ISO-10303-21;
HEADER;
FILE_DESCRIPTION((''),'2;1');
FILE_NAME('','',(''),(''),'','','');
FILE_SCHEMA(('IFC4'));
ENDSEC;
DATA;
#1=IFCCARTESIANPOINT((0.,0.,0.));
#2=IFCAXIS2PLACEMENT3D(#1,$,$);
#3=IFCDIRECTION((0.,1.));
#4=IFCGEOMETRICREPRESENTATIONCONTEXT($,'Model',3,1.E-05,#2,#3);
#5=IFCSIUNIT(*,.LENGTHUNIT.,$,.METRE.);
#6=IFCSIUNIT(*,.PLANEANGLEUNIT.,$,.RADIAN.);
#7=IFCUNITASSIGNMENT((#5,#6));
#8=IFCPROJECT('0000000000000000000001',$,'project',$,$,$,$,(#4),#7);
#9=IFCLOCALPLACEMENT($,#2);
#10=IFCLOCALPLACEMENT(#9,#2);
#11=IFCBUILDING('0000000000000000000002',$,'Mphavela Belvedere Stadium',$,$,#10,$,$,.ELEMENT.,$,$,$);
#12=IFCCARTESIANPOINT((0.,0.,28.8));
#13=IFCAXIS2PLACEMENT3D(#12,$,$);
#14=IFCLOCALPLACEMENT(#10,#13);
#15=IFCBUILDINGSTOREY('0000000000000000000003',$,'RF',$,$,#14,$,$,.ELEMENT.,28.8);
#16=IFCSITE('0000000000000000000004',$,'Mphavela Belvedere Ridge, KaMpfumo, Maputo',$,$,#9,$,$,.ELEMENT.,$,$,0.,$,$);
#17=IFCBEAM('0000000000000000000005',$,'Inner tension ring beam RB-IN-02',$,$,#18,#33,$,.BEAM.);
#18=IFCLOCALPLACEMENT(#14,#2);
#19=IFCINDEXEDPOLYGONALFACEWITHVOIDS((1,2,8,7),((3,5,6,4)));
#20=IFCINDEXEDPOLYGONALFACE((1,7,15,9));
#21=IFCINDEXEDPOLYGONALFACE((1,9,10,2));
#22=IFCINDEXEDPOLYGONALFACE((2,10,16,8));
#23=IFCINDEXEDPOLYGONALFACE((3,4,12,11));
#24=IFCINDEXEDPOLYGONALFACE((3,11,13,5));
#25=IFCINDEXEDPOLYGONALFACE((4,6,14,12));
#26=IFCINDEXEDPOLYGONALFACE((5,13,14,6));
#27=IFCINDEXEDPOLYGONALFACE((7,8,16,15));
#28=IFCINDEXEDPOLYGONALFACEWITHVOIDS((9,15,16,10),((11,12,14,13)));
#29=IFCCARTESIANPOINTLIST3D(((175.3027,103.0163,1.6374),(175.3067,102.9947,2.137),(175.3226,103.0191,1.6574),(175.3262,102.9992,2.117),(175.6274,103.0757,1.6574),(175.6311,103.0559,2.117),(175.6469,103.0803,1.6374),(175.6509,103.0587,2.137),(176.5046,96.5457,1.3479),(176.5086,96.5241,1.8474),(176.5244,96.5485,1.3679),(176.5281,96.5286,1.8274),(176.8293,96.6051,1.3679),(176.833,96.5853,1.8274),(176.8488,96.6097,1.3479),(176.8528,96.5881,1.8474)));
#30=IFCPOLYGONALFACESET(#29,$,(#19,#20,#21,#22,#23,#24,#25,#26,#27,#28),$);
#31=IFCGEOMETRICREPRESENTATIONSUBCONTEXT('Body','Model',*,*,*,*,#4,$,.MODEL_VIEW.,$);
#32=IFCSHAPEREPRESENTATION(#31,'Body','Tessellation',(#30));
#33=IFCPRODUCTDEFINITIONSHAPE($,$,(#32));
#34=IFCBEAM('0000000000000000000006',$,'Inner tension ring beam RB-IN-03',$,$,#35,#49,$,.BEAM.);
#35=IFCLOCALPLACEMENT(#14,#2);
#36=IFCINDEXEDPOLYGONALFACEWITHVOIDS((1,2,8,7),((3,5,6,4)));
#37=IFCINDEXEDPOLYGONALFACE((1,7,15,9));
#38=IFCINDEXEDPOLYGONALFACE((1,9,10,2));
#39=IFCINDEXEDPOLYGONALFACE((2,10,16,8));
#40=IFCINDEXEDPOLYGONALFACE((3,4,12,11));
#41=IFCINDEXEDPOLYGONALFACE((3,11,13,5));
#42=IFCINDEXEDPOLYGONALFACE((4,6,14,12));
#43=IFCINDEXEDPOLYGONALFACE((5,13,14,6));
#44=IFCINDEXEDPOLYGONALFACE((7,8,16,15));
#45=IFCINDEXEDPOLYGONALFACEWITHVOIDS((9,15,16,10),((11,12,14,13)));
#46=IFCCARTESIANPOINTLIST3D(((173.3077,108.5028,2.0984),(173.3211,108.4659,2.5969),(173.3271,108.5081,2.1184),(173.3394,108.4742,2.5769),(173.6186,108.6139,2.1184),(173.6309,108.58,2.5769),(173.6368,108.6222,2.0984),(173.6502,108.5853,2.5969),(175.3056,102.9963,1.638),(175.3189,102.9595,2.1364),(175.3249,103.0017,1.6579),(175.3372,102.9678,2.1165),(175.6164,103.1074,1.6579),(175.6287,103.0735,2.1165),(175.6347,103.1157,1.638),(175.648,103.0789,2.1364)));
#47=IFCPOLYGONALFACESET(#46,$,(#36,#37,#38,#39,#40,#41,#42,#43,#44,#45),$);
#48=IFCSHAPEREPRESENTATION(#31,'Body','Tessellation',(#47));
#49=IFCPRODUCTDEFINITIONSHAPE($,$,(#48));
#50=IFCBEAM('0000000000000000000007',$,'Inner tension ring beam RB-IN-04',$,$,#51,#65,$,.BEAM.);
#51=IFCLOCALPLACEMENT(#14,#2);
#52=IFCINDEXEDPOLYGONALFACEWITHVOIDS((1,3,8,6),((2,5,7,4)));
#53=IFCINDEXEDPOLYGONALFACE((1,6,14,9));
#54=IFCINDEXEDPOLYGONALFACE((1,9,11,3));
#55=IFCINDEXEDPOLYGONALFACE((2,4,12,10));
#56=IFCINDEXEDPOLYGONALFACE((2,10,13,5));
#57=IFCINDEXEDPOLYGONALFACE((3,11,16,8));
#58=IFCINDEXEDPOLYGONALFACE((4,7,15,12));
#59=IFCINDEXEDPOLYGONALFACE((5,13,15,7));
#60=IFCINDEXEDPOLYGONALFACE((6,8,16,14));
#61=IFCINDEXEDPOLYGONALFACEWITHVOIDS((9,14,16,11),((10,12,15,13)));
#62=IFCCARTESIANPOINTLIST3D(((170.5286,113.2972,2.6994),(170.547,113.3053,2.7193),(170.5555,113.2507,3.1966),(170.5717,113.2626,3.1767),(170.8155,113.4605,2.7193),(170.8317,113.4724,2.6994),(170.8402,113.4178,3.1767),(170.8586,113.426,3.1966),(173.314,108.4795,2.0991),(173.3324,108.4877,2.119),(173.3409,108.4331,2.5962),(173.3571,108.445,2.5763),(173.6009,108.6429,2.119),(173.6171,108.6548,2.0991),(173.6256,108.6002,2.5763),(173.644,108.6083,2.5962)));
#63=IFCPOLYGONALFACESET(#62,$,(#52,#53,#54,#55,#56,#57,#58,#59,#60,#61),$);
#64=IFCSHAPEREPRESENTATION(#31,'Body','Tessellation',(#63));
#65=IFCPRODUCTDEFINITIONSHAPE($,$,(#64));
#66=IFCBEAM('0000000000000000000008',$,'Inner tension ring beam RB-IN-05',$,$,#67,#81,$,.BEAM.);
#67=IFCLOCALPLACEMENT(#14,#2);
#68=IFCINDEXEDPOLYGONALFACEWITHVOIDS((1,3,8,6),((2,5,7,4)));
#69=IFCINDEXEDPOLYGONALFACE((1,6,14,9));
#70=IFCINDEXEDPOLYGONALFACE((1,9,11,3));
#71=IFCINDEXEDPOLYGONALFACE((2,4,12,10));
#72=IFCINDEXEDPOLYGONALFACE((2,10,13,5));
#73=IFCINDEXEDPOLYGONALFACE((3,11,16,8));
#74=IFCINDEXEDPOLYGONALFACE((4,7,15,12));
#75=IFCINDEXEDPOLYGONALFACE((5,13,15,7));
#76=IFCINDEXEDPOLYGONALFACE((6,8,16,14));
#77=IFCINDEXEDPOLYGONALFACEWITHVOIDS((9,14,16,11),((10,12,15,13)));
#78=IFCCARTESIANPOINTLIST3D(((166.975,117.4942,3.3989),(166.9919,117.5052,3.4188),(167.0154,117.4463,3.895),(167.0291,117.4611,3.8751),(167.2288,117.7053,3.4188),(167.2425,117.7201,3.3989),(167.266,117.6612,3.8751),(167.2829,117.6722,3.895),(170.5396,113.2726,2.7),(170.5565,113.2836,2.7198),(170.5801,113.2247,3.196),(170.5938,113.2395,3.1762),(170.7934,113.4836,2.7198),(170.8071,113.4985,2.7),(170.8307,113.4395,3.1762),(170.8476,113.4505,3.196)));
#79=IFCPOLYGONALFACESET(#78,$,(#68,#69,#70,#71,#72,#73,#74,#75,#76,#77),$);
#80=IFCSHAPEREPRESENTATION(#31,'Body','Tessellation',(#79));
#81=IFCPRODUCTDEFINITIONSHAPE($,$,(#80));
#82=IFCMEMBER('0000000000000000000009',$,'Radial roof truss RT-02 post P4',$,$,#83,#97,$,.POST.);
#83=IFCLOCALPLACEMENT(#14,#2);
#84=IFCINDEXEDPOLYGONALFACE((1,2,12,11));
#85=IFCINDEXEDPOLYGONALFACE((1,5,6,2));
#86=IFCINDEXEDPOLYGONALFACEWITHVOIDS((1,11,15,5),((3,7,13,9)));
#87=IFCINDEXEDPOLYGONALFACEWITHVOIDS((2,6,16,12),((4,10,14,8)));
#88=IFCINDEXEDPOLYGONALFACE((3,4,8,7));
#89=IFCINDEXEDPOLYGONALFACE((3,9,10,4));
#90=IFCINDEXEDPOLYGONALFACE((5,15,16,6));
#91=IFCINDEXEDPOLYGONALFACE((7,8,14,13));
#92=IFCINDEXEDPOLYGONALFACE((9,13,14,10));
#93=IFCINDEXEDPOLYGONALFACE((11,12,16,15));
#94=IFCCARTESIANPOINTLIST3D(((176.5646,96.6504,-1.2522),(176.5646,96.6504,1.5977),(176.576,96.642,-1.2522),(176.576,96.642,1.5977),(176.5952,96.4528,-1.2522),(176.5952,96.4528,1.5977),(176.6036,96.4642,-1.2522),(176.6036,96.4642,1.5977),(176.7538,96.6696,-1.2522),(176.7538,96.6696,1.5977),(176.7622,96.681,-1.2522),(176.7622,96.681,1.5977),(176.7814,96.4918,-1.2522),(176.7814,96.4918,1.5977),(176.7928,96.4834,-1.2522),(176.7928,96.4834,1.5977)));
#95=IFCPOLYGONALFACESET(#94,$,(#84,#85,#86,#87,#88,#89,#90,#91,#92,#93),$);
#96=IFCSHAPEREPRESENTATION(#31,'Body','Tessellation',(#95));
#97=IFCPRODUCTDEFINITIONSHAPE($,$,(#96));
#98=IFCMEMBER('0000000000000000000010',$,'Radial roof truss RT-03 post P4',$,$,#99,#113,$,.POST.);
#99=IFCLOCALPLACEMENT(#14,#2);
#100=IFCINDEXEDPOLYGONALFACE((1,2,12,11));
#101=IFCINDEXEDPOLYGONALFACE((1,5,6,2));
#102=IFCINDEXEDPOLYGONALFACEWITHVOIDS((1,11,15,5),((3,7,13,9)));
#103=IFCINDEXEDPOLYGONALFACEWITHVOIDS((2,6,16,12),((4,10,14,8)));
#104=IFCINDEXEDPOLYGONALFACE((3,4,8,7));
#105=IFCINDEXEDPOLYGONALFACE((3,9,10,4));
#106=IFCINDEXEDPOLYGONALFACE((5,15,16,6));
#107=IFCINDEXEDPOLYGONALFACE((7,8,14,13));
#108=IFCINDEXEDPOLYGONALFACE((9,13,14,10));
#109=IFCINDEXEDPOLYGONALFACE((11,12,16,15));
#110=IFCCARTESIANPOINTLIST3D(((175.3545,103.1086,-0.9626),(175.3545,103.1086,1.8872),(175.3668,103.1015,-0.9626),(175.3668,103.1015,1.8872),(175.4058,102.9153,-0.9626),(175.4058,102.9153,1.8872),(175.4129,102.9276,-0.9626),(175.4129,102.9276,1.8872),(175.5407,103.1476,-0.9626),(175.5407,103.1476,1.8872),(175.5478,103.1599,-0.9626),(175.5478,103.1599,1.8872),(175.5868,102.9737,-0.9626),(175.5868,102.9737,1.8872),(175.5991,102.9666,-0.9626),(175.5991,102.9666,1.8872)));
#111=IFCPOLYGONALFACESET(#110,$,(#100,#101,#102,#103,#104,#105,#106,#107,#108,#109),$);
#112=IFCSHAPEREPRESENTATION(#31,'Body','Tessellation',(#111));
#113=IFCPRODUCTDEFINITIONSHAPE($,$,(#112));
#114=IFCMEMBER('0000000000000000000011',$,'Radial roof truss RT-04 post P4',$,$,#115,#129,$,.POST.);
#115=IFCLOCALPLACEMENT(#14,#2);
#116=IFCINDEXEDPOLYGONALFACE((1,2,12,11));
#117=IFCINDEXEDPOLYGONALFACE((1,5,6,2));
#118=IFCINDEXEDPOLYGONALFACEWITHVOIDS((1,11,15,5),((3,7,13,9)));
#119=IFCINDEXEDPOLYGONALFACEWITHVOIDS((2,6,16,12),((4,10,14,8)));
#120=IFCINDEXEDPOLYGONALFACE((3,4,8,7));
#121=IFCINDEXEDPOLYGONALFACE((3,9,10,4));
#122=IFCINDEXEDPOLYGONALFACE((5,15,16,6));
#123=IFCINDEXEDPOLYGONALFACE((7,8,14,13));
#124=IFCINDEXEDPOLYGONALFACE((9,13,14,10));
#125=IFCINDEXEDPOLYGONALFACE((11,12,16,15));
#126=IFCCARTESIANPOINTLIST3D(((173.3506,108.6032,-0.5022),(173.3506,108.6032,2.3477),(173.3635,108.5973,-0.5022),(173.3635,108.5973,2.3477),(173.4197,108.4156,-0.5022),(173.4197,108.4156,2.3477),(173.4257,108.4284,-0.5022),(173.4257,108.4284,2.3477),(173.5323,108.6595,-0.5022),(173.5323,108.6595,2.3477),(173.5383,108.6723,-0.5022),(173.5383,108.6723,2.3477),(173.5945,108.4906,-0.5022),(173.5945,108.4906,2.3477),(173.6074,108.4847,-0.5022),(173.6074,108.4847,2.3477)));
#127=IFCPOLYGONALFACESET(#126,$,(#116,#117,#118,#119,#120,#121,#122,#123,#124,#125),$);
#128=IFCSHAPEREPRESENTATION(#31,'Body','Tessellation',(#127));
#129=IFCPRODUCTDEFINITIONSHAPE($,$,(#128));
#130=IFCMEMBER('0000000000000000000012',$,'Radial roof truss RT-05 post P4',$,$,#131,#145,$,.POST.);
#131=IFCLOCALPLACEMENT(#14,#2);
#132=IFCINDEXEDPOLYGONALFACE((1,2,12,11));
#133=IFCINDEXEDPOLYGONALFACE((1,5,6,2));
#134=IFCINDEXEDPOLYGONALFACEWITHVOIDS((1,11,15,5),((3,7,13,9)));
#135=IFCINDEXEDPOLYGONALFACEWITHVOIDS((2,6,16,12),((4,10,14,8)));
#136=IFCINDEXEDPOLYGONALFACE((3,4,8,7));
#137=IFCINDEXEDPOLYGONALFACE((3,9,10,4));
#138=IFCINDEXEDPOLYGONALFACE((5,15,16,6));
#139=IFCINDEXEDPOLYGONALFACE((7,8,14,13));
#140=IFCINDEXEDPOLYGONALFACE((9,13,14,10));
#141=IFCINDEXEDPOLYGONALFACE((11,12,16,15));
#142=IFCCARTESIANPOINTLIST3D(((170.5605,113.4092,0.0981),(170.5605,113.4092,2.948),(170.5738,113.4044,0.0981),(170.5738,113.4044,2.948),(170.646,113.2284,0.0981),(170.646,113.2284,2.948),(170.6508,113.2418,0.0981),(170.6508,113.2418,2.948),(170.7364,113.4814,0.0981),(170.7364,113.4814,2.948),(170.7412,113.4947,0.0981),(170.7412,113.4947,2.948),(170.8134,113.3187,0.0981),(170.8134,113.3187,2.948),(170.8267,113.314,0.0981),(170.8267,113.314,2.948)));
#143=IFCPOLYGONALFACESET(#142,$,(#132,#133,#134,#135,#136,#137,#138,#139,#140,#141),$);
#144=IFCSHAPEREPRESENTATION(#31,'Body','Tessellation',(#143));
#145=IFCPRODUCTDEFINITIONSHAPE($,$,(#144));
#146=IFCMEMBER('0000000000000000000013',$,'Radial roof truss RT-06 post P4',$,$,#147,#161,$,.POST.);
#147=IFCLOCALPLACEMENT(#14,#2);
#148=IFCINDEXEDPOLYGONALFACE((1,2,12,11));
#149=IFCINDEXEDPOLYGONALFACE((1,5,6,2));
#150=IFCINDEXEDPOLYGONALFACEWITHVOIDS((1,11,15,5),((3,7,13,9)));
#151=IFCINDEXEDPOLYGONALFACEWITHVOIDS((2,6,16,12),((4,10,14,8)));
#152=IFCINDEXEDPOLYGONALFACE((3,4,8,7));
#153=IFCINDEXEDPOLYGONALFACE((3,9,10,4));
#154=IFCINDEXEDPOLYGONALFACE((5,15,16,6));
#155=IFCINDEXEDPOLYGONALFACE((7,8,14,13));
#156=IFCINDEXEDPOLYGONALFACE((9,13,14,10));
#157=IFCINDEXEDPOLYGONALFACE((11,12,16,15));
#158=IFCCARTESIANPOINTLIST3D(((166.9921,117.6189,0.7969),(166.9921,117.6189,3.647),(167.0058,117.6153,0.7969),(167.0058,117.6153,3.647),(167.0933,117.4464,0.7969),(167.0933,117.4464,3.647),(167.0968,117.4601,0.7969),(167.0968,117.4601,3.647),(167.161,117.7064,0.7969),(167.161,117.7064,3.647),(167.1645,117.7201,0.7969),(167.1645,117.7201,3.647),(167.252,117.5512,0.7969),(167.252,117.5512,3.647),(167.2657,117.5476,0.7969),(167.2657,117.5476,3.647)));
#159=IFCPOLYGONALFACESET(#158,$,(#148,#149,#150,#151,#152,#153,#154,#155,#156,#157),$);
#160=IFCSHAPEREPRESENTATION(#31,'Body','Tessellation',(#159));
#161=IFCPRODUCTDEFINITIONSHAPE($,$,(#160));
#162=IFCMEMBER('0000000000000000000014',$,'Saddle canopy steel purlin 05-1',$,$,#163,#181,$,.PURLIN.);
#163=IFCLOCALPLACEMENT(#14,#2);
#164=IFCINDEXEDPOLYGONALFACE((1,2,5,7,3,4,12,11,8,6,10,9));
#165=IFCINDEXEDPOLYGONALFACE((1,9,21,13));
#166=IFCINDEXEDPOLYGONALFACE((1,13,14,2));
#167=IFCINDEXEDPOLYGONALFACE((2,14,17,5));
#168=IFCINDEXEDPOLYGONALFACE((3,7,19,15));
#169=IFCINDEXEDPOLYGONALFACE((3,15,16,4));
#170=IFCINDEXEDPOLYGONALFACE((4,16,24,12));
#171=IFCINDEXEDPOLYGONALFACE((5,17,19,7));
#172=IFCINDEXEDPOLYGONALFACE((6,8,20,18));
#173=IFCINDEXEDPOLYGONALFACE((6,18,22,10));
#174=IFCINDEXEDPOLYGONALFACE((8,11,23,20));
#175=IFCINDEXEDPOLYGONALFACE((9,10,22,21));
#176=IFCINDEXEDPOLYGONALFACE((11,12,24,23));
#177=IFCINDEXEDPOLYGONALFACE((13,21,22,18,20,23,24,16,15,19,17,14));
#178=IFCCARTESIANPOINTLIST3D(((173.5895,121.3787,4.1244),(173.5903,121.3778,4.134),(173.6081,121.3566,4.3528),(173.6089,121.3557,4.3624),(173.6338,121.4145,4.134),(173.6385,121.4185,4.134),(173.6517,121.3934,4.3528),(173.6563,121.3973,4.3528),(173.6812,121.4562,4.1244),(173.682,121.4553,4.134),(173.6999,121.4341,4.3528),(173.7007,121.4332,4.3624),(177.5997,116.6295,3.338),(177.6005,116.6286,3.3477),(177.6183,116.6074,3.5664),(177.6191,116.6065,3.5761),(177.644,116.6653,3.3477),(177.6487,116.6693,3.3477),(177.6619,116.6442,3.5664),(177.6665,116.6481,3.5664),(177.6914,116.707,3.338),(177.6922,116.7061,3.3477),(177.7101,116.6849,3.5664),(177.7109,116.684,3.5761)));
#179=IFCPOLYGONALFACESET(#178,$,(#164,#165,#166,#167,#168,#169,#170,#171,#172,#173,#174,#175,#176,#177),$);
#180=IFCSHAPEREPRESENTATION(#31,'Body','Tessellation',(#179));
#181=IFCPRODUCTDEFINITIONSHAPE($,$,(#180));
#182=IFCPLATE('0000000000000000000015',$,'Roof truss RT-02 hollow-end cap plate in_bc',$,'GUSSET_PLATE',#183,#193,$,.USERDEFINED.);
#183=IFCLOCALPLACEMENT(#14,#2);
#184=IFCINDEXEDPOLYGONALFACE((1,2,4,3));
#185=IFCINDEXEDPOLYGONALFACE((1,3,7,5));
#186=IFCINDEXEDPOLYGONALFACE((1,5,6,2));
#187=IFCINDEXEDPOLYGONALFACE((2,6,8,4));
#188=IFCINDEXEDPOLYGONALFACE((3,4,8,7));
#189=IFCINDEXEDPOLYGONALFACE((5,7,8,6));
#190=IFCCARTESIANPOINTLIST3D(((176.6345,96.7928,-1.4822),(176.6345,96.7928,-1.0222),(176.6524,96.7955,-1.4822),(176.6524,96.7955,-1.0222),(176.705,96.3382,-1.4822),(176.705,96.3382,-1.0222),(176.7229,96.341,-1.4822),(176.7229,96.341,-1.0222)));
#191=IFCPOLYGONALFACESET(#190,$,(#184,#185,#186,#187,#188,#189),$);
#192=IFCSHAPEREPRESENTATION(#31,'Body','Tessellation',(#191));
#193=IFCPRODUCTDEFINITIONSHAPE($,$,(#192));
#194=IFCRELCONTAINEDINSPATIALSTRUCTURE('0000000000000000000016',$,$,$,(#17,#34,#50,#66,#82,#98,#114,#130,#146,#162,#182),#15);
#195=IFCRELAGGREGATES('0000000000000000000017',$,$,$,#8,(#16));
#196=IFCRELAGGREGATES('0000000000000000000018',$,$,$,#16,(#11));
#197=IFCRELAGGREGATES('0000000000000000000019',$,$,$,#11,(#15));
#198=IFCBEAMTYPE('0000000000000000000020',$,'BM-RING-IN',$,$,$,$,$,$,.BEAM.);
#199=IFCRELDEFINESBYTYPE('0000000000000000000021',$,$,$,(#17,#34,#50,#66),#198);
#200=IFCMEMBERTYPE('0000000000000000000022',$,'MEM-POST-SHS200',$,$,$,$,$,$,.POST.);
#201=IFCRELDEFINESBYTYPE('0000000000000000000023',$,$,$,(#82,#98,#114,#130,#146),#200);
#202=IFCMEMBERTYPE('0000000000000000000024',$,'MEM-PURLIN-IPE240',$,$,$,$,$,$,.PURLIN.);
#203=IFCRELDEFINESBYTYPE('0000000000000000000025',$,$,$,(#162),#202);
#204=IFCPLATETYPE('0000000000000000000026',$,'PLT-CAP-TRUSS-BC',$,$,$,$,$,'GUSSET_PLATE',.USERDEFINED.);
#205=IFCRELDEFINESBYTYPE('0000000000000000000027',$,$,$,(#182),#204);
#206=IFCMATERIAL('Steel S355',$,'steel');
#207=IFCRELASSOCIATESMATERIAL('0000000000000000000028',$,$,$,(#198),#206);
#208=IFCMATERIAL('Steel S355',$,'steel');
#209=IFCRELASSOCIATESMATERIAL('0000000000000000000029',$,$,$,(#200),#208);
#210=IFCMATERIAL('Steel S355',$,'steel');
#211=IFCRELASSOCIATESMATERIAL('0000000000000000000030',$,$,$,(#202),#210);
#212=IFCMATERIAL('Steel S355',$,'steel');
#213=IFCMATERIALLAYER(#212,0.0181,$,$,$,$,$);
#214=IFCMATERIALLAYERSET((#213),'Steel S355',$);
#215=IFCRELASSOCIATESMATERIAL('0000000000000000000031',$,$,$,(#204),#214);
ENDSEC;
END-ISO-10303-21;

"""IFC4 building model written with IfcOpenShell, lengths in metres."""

from ifc_helpers import new_model, si_unit, direction, frame, origin, origin_2d, place, context, subcontext, project, spatial, rectangle, hollow_rectangle, i_section, extrude, material, layer, layer_set, material_profile, profile_set, type_object, element, save


model = new_model("IFC4")

# Units and contexts
model_context = context("Model", 3, precision=1e-05, world=origin(), true_north=direction((0.0, 1.0)))
body_context = subcontext(model_context, "Body", "Model", "MODEL_VIEW")
ifc_project = project(units=[si_unit("LENGTHUNIT", "METRE"), si_unit("PLANEANGLEUNIT", "RADIAN")], contexts=[model_context])

# Site, building, storey
site_placement = place(None, origin())
site = spatial("IfcSite", under=ifc_project, at=site_placement, Name="Mphavela Belvedere Ridge, KaMpfumo, Maputo", CompositionType="ELEMENT", RefElevation=0.0)
building_placement = place(site_placement, origin())
building = spatial("IfcBuilding", under=site, at=building_placement, Name="Mphavela Belvedere Stadium", CompositionType="ELEMENT")
storey_placement = place(building_placement, frame((0.0, 0.0, 28.8)))
storey = spatial("IfcBuildingStorey", under=building, at=storey_placement, Name="RF", CompositionType="ELEMENT", Elevation=28.8)

# Beams
ifc_material_1 = material(Name="Steel S355", Category="steel")
ifc_material_profile_1 = material_profile(ifc_material_1, hollow_rectangle(XDim=0.3501, YDim=0.5, WallThickness=0.02, at=origin_2d()), Name="RHS 500x350x20")
ifc_profile_set_1 = profile_set([ifc_material_profile_1], Name="Steel S355")
beam_type = type_object("IfcBeamType", Name="BM-RING-IN", PredefinedType="BEAM", material=ifc_profile_set_1)
beam_1_placement = place(storey_placement, frame((176.6787, 96.5669, 1.5977), z_axis=(-0.182445, 0.982233, 0.043953), x_axis=(-0.983183, -0.182622, 0.0)))
element("IfcBeam", 1, at=beam_1_placement, inside=storey, type_object=beam_type, Name="Inner tension ring beam RB-IN-02", PredefinedType="BEAM", context=body_context, shape_type="SweptSolid", body=[
    extrude(hollow_rectangle(XDim=0.3501, YDim=0.5, WallThickness=0.02, at=origin_2d()), origin(), (0.0, 0.0, 1.0), 6.5876),
])
beam_2_placement = place(storey_placement, frame((175.4768, 103.0376, 1.8872), z_axis=(-0.340015, 0.937149, 0.078366), x_axis=(-0.94004, -0.341064, 0.0)))
element("IfcBeam", 2, at=beam_2_placement, inside=storey, type_object=beam_type, Name="Inner tension ring beam RB-IN-03", PredefinedType="BEAM", context=body_context, shape_type="SweptSolid", body=[
    extrude(hollow_rectangle(XDim=0.3501, YDim=0.5, WallThickness=0.02, at=origin_2d()), origin(), (0.0, 0.0, 1.0), 5.8757),
])
beam_3_placement = place(storey_placement, frame((173.479, 108.5439, 2.3477), z_axis=(-0.497644, 0.860724, 0.107258), x_axis=(-0.865718, -0.500531, 0.0)))
element("IfcBeam", 3, at=beam_3_placement, inside=storey, type_object=beam_type, Name="Inner tension ring beam RB-IN-04", PredefinedType="BEAM", context=body_context, shape_type="SweptSolid", body=[
    extrude(hollow_rectangle(XDim=0.3501, YDim=0.5, WallThickness=0.02, at=origin_2d()), origin(), (0.0, 0.0, 1.0), 5.5972),
])
beam_4_placement = place(storey_placement, frame((170.6936, 113.3616, 2.948), z_axis=(-0.640051, 0.758013, 0.125503), x_axis=(-0.764055, -0.645152, 0.0)))
element("IfcBeam", 4, at=beam_4_placement, inside=storey, type_object=beam_type, Name="Inner tension ring beam RB-IN-05", PredefinedType="BEAM", context=body_context, shape_type="SweptSolid", body=[
    extrude(hollow_rectangle(XDim=0.3501, YDim=0.5, WallThickness=0.02, at=origin_2d()), origin(), (0.0, 0.0, 1.0), 5.5693),
])

# Members
ifc_material_2 = material(Name="Steel S355", Category="steel")
ifc_material_profile_2 = material_profile(ifc_material_2, hollow_rectangle(XDim=0.2, YDim=0.2, WallThickness=0.01, at=origin_2d()), Name="SHS 200x200x10")
ifc_profile_set_2 = profile_set([ifc_material_profile_2], Name="Steel S355")
member_type_1 = type_object("IfcMemberType", Name="MEM-POST-SHS200", PredefinedType="POST", material=ifc_profile_set_2)
for number, where, z_axis, x_axis, name in (
    (5, (176.6787, 96.5669, -1.2522), (0.0, 0.0, 1.0), (0.988175, 0.153331, 0.0), "Radial roof truss RT-02 post P4"),
    (6, (175.4768, 103.0376, -0.9626), (0.0, 0.0, 1.0), (0.9666, 0.256289, 0.0), "Radial roof truss RT-03 post P4"),
    (7, (173.479, 108.5439, -0.5022), (0.0, 0.0, 1.0), (0.938372, 0.345626, 0.0), "Radial roof truss RT-04 post P4"),
    (8, (170.6936, 113.3616, 0.0981), (0.0, 0.0, 1.0), (0.903859, 0.427831, 0.0), "Radial roof truss RT-05 post P4"),
):
    element("IfcMember", number, at=place(storey_placement, frame(where, z_axis=z_axis, x_axis=x_axis)), inside=storey, type_object=member_type_1, Name=name, PredefinedType="POST", context=body_context, shape_type="SweptSolid", body=[
        extrude(hollow_rectangle(XDim=0.2, YDim=0.2, WallThickness=0.01, at=origin_2d()), origin(), (0.0, 0.0, 1.0), 2.8499),
    ])
member_1_placement = place(storey_placement, frame((167.1289, 117.5833, 0.7969), z_axis=(0.0, 0.0, 1.0), x_axis=(0.862514, 0.506034, 0.0)))
element("IfcMember", 9, at=member_1_placement, inside=storey, type_object=member_type_1, Name="Radial roof truss RT-06 post P4", PredefinedType="POST", context=body_context, shape_type="SweptSolid", body=[
    extrude(hollow_rectangle(XDim=0.2, YDim=0.2, WallThickness=0.01, at=origin_2d()), origin(), (0.0, 0.0, 1.0), 2.8501),
])
ifc_material_3 = material(Name="Steel S355", Category="steel")
ifc_material_profile_3 = material_profile(ifc_material_3, i_section(OverallWidth=0.1201, OverallDepth=0.24, WebThickness=0.0061, FlangeThickness=0.0098, at=origin_2d()), Name="IPE 240")
ifc_profile_set_3 = profile_set([ifc_material_profile_3], Name="Steel S355")
member_type_2 = type_object("IfcMemberType", Name="MEM-PURLIN-IPE240", PredefinedType="PURLIN", material=ifc_profile_set_3)
member_2_placement = place(storey_placement, frame((177.6553, 116.6567, 3.457), z_axis=(-0.640057, 0.758007, 0.12551), x_axis=(-0.764049, -0.645158, 0.0)))
element("IfcMember", 10, at=member_2_placement, inside=storey, type_object=member_type_2, Name="Saddle canopy steel purlin 05-1", PredefinedType="PURLIN", context=body_context, shape_type="SweptSolid", body=[
    extrude(i_section(OverallWidth=0.1201, OverallDepth=0.24, WebThickness=0.0061, FlangeThickness=0.0098, at=origin_2d()), origin(), (0.0, 0.0, 1.0), 6.2654),
])

# Plate
ifc_material_4 = material(Name="Steel S355", Category="steel")
ifc_layer_1 = layer(ifc_material_4, 0.0181)
ifc_layer_set_1 = layer_set([ifc_layer_1], Name="Steel S355")
plate_type_1 = type_object("IfcPlateType", Name="PLT-CAP-TRUSS-BC", ElementType="GUSSET_PLATE", PredefinedType="USERDEFINED", material=ifc_layer_set_1)
for number, where, z_axis, x_axis, name in (
    (11, (176.6787, 96.5669, -1.4822), (0.0, 0.0, 1.0), (0.988175, 0.153331, 0.0), "Roof truss RT-02 hollow-end cap plate in_bc"),
):
    element("IfcPlate", number, at=place(storey_placement, frame(where, z_axis=z_axis, x_axis=x_axis)), inside=storey, type_object=plate_type_1, Name=name, ObjectType="GUSSET_PLATE", PredefinedType="USERDEFINED", context=body_context, shape_type="SweptSolid", body=[
        extrude(rectangle(XDim=0.0181, YDim=0.46, at=origin_2d()), origin(), (0.0, 0.0, 1.0), 0.46),
    ])

save(model, "model.ifc")
